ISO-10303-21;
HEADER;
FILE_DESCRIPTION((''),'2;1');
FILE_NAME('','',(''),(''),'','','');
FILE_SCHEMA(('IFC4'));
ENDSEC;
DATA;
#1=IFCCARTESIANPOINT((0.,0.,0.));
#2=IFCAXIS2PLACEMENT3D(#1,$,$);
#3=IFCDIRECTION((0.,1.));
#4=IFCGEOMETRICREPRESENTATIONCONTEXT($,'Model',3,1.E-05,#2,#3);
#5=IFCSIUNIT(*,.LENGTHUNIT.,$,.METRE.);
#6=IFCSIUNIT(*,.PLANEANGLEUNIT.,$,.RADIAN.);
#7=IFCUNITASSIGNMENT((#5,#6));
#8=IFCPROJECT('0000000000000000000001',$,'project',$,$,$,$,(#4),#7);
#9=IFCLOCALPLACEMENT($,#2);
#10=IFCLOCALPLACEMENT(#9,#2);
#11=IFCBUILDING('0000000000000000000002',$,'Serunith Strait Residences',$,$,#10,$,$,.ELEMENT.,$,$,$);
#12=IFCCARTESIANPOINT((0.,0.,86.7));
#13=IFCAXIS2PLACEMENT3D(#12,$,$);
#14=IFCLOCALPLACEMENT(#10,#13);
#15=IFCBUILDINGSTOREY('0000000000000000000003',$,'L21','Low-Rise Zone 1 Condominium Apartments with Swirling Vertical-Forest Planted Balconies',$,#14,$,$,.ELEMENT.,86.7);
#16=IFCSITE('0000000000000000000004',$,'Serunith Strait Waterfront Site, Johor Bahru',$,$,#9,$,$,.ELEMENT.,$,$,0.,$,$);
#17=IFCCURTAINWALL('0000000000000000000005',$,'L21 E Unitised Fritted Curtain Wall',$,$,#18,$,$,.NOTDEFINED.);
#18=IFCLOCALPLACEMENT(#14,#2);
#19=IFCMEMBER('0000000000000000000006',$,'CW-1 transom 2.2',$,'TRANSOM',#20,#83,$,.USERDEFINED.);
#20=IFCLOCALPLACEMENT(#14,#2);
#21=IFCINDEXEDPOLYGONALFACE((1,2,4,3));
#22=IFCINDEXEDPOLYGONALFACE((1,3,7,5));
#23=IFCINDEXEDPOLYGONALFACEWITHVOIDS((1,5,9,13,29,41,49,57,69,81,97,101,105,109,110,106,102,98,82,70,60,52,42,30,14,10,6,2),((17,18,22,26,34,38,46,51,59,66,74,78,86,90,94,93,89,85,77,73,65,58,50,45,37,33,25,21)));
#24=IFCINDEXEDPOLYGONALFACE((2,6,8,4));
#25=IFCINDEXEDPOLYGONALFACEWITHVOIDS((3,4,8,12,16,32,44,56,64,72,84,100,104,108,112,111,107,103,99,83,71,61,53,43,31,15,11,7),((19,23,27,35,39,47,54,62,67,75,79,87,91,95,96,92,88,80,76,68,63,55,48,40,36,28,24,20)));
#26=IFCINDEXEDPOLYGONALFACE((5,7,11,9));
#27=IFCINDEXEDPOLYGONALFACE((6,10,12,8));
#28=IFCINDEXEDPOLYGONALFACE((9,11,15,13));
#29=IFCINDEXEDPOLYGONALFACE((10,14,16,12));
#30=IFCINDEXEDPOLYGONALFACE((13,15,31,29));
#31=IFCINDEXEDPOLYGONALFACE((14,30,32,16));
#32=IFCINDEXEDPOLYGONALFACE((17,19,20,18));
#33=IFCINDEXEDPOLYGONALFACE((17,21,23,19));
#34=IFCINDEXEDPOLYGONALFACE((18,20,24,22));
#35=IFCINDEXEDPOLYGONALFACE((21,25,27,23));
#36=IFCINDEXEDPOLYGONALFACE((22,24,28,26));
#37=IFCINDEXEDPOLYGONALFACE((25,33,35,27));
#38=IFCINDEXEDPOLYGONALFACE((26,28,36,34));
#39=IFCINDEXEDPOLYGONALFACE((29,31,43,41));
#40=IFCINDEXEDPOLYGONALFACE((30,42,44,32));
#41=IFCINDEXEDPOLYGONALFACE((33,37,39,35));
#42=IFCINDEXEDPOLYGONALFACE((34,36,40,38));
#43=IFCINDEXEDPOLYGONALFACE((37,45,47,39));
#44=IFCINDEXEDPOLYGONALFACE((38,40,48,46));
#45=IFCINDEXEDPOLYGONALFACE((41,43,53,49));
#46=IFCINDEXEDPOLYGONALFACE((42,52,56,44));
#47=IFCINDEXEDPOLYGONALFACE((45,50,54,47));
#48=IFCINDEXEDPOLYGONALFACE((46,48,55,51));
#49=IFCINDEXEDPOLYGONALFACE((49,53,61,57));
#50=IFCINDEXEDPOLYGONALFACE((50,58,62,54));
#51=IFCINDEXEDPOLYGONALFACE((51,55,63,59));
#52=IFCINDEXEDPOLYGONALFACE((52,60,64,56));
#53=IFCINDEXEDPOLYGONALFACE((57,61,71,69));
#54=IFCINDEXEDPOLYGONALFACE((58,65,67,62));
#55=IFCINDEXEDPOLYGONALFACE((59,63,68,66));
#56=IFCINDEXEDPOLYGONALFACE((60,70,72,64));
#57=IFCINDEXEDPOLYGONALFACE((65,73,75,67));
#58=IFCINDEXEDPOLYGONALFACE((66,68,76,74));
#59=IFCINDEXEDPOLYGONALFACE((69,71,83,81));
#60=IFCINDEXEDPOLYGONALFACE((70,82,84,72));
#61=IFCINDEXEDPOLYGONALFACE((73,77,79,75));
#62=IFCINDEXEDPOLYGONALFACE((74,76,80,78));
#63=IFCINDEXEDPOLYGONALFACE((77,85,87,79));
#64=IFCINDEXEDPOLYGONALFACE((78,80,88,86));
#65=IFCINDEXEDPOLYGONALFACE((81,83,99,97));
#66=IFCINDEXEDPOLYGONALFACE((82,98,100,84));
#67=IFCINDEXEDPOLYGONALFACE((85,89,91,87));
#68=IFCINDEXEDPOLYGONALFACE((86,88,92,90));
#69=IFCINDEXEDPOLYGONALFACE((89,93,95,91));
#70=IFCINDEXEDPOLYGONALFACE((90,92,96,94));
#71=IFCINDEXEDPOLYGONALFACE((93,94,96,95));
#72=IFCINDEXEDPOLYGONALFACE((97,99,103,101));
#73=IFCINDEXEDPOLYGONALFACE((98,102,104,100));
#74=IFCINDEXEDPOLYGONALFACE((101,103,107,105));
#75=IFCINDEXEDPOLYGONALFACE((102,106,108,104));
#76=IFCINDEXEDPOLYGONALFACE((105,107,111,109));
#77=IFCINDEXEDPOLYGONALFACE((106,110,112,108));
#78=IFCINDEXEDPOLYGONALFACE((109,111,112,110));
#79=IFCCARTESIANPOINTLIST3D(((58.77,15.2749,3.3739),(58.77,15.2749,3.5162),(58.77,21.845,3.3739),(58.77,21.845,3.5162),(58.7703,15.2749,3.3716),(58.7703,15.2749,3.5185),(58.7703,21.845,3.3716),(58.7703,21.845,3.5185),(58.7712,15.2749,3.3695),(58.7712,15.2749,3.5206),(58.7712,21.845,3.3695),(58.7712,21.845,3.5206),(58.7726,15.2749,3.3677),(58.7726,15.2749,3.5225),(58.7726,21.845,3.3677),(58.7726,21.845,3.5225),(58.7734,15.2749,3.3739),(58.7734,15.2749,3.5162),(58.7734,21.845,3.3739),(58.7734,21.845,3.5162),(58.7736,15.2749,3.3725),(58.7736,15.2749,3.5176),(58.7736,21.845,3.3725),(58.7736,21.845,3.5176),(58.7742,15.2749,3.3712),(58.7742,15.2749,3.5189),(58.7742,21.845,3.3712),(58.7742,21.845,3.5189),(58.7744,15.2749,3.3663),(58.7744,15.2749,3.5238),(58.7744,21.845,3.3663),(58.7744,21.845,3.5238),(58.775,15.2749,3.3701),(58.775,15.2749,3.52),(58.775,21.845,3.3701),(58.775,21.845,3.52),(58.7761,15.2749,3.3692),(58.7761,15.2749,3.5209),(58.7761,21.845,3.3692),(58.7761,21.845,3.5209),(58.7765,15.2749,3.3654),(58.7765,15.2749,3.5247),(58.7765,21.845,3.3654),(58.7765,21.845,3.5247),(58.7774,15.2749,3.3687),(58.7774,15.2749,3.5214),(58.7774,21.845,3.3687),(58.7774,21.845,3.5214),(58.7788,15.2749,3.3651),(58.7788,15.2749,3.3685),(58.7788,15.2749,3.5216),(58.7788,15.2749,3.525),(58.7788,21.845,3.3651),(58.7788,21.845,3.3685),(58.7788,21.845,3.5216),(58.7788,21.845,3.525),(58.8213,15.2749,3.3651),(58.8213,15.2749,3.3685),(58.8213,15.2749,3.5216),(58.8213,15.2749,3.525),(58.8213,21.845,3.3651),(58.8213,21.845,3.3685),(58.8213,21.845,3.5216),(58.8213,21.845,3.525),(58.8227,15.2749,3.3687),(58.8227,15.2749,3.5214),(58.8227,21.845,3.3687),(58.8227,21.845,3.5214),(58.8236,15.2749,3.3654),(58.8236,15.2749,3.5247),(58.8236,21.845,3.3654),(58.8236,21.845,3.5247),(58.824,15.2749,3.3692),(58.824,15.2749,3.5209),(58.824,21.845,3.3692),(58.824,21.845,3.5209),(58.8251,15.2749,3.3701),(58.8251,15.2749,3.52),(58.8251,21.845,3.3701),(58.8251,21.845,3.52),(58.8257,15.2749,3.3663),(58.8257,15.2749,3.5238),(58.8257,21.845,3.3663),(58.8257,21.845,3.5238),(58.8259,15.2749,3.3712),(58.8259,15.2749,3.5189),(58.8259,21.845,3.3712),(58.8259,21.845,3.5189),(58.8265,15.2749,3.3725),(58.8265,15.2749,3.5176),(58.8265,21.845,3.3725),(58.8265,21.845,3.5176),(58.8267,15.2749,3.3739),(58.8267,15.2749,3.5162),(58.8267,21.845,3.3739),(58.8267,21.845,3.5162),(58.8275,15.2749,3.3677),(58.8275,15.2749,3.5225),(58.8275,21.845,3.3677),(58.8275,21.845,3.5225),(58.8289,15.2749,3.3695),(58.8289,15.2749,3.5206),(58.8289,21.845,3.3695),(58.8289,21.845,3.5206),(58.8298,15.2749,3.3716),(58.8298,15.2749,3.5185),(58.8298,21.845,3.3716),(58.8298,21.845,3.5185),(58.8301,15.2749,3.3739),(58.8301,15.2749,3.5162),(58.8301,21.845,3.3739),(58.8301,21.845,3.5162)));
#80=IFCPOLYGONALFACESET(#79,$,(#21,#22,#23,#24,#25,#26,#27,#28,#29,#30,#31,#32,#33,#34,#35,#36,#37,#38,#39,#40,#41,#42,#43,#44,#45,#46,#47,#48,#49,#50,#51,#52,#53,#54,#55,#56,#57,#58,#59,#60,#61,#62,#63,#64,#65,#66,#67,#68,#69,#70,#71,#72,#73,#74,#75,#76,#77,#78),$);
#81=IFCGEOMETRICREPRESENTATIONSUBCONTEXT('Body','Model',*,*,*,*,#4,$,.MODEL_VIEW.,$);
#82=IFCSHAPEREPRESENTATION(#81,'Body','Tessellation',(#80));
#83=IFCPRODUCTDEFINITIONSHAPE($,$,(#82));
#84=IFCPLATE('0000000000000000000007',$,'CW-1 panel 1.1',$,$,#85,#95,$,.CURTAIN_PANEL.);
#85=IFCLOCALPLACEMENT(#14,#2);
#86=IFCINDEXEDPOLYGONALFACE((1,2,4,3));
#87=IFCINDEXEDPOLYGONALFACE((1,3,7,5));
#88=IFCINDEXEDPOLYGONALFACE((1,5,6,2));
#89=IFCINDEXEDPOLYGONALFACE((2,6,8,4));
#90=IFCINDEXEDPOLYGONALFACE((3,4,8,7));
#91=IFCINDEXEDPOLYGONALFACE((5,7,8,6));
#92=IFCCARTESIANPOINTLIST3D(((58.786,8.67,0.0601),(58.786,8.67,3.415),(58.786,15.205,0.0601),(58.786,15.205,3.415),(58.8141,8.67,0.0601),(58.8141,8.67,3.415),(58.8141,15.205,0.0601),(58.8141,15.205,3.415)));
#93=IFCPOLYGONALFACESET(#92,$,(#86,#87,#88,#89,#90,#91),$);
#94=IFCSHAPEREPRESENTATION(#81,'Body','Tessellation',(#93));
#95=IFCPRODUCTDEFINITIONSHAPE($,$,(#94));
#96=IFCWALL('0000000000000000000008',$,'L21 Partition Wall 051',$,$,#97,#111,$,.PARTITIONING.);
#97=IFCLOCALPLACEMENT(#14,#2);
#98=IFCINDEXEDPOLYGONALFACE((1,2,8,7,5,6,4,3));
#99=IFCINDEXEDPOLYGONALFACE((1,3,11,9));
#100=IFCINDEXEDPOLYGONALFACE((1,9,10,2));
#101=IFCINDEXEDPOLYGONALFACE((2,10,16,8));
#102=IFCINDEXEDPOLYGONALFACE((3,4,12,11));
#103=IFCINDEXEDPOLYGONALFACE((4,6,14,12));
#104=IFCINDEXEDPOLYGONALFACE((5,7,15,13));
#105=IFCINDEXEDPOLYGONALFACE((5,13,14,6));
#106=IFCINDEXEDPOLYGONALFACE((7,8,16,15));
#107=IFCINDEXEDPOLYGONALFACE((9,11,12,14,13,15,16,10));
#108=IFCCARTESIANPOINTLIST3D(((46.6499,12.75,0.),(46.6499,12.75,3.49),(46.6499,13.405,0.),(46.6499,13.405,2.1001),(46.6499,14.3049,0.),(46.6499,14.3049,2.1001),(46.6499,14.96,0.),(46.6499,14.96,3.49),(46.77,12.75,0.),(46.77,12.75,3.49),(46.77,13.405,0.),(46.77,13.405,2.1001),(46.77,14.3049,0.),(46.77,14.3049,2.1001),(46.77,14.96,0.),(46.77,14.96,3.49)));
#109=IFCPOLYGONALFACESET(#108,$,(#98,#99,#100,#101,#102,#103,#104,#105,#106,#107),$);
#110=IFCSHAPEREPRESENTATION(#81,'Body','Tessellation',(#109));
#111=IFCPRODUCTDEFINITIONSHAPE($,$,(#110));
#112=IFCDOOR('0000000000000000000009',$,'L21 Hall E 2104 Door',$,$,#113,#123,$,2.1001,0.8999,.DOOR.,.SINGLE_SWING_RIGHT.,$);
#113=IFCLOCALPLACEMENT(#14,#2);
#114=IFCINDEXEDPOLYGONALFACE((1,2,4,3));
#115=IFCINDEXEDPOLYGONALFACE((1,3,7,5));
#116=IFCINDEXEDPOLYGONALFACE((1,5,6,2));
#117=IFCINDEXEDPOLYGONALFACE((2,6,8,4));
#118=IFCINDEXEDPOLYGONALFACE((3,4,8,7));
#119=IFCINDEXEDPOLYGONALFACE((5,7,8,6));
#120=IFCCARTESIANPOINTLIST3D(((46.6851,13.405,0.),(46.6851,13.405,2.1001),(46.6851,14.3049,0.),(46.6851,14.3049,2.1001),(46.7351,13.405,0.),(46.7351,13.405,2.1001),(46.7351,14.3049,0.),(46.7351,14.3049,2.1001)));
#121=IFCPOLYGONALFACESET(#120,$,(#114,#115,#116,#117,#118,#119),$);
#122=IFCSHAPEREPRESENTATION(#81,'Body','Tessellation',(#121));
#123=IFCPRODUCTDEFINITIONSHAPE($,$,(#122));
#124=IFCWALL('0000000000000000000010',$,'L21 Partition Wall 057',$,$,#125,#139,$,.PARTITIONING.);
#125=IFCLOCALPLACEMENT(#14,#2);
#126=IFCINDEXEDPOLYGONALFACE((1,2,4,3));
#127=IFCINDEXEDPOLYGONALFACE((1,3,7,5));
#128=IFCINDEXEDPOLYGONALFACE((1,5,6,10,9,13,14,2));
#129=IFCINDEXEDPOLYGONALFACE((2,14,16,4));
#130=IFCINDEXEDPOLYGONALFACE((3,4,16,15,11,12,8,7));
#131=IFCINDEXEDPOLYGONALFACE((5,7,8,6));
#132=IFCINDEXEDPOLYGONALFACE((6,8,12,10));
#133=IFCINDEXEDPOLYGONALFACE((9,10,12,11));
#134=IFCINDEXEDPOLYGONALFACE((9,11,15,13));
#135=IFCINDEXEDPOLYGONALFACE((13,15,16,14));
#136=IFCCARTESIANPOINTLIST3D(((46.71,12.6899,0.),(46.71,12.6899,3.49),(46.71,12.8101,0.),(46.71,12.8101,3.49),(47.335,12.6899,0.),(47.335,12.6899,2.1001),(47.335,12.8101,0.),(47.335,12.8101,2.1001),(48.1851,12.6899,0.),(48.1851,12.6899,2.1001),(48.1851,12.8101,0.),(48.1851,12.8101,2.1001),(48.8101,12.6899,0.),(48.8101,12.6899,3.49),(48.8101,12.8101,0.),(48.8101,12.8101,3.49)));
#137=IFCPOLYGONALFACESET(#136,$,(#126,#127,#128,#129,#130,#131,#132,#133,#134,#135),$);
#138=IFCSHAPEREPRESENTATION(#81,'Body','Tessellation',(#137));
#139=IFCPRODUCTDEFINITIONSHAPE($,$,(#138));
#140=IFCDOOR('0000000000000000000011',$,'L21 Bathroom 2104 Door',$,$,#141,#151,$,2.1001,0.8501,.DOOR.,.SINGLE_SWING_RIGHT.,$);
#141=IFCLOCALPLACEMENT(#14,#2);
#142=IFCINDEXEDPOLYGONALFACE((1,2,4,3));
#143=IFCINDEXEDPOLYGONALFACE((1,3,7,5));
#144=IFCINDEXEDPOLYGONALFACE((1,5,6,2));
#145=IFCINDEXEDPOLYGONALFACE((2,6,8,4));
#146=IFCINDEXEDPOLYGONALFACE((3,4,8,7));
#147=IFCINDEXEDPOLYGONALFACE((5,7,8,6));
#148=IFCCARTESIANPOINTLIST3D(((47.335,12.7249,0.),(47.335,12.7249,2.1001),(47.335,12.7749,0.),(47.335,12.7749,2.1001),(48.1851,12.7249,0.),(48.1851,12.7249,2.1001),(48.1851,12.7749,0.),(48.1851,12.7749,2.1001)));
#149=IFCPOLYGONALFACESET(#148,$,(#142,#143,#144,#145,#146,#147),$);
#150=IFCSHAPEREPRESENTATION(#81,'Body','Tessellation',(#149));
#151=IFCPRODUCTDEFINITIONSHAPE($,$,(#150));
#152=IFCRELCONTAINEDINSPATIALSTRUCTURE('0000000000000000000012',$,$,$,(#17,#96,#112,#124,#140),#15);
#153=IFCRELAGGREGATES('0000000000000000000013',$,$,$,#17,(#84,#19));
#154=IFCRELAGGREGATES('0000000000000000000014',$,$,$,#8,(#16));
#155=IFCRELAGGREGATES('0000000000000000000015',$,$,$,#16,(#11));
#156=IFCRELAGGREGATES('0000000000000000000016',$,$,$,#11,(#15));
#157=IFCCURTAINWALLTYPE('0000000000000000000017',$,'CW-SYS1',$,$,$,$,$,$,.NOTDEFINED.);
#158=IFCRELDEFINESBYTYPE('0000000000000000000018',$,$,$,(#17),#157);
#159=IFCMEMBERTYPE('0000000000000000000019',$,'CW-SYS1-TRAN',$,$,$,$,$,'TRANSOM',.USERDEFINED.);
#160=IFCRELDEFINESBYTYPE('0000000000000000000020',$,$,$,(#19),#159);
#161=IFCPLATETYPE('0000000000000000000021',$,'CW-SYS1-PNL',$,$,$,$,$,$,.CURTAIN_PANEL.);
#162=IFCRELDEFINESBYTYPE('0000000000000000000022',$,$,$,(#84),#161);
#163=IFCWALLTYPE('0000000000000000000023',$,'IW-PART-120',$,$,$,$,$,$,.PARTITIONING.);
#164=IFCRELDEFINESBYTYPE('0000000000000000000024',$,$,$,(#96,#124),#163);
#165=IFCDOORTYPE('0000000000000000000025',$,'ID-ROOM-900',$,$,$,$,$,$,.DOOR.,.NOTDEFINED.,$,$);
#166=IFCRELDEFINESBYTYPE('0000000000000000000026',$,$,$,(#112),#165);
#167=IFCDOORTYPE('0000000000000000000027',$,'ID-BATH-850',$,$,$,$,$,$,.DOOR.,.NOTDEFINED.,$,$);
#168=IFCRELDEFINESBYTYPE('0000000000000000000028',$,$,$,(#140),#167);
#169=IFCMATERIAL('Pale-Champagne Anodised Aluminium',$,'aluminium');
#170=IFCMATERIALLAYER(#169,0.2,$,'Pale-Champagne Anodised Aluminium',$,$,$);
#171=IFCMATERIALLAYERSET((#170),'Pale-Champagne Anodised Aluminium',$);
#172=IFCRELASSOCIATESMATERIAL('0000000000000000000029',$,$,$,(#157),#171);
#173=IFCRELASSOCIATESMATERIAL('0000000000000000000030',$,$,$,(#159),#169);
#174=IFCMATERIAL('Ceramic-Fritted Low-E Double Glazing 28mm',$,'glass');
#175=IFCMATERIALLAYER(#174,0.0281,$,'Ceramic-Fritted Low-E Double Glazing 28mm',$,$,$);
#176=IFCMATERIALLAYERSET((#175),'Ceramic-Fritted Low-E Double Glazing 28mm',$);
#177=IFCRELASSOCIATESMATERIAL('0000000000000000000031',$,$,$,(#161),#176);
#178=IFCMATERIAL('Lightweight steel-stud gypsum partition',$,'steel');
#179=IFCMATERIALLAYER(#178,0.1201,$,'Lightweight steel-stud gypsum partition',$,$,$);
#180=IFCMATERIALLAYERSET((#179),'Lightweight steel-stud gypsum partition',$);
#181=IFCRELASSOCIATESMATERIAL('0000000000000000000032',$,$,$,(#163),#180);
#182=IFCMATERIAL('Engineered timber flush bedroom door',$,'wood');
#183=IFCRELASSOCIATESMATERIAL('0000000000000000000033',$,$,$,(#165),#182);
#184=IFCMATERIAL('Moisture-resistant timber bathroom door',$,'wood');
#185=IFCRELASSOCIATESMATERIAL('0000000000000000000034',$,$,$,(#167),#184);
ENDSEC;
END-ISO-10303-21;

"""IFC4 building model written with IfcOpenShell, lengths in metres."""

from ifc_helpers import new_model, si_unit, direction, frame, frame_2d, origin, origin_2d, place, context, subcontext, project, spatial, rectangle, hollow_rectangle, extrude, source, transform, mapped, material, layer, layer_set, material_profile, profile_set, type_object, element, fill, aggregate, save


model = new_model("IFC4")

# Units and contexts
model_context = context("Model", 3, precision=1e-05, world=origin(), true_north=direction((0.0, 1.0)))
body_context = subcontext(model_context, "Body", "Model", "MODEL_VIEW")
ifc_project = project(units=[si_unit("LENGTHUNIT", "METRE"), si_unit("PLANEANGLEUNIT", "RADIAN")], contexts=[model_context])

# Site, building, storey
site_placement = place(None, origin())
site = spatial("IfcSite", under=ifc_project, at=site_placement, Name="Serunith Strait Waterfront Site, Johor Bahru", CompositionType="ELEMENT", RefElevation=0.0)
building_placement = place(site_placement, origin())
building = spatial("IfcBuilding", under=site, at=building_placement, Name="Serunith Strait Residences", CompositionType="ELEMENT")
storey_placement = place(building_placement, frame((0.0, 0.0, 86.7)))
storey = spatial("IfcBuildingStorey", under=building, at=storey_placement, Name="L21", Description="Low-Rise Zone 1 Condominium Apartments with Swirling Vertical-Forest Planted Balconies", CompositionType="ELEMENT", Elevation=86.7)

# Curtain wall, member, plate
ifc_material_1 = material(Name="Pale-Champagne Anodised Aluminium", Category="aluminium")
ifc_layer_1 = layer(ifc_material_1, 0.2, Name="Pale-Champagne Anodised Aluminium")
ifc_layer_set_1 = layer_set([ifc_layer_1], Name="Pale-Champagne Anodised Aluminium")
curtain_wall_type = type_object("IfcCurtainWallType", Name="CW-SYS1", PredefinedType="NOTDEFINED", material=ifc_layer_set_1)
curtain_wall_placement = place(storey_placement, origin())
curtain_wall = element("IfcCurtainWall", 1, at=curtain_wall_placement, inside=storey, type_object=curtain_wall_type, Name="L21 E Unitised Fritted Curtain Wall", PredefinedType="NOTDEFINED")
ifc_material_profile_1 = material_profile(ifc_material_1, hollow_rectangle(XDim=0.0601, YDim=0.1599, WallThickness=0.0034, InnerFilletRadius=0.0054, OuterFilletRadius=0.0088, at=origin_2d()), Name="ALU 160x60x3.5")
ifc_profile_set_1 = profile_set([ifc_material_profile_1], Name="Pale-Champagne Anodised Aluminium")
member_type_1 = type_object("IfcMemberType", Name="CW-SYS1-TRAN", ElementType="TRANSOM", PredefinedType="USERDEFINED", material=ifc_profile_set_1)
shared_shape_1 = source(origin(), body_context, "Body", "SweptSolid", [
    extrude(hollow_rectangle(XDim=0.0601, YDim=0.1599, WallThickness=0.0034, InnerFilletRadius=0.0054, OuterFilletRadius=0.0088, at=origin_2d()), origin(), (0.0, 0.0, 1.0), 6.5701),
])
member_1_placement = place(storey_placement, frame((58.8, 15.2749, 3.4451), z_axis=(0.0, 1.0, 0.0), x_axis=(-1.0, 0.0, 0.0)))
member_1 = element("IfcMember", 2, at=member_1_placement, type_object=member_type_1, Name="CW-1 transom 2.2", ObjectType="TRANSOM", PredefinedType="USERDEFINED", context=body_context, shape_type="MappedRepresentation", body=[
    mapped(shared_shape_1, transform((0.0, 0.0, 0.0), scale=1.0)),
])
ifc_material_2 = material(Name="Ceramic-Fritted Low-E Double Glazing 28mm", Category="glass")
ifc_layer_2 = layer(ifc_material_2, 0.0281, Name="Ceramic-Fritted Low-E Double Glazing 28mm")
ifc_layer_set_2 = layer_set([ifc_layer_2], Name="Ceramic-Fritted Low-E Double Glazing 28mm")
plate_type = type_object("IfcPlateType", Name="CW-SYS1-PNL", PredefinedType="CURTAIN_PANEL", material=ifc_layer_set_2)
shared_shape_2 = source(origin(), body_context, "Body", "SweptSolid", [
    extrude(rectangle(XDim=6.5349, YDim=0.0281, at=origin_2d()), origin(), (0.0, 0.0, 1.0), 3.355),
])
plate_placement = place(storey_placement, frame((58.8, 11.9375, 0.0601), z_axis=(0.0, 0.0, 1.0), x_axis=(0.0, 1.0, 0.0)))
plate = element("IfcPlate", 3, at=plate_placement, type_object=plate_type, Name="CW-1 panel 1.1", PredefinedType="CURTAIN_PANEL", context=body_context, shape_type="MappedRepresentation", body=[
    mapped(shared_shape_2, transform((0.0, 0.0, 0.0), scale=1.0)),
])
aggregate(curtain_wall, [plate, member_1])

# Walls, openings, doors
ifc_material_3 = material(Name="Lightweight steel-stud gypsum partition", Category="steel")
ifc_layer_3 = layer(ifc_material_3, 0.1201, Name="Lightweight steel-stud gypsum partition")
ifc_layer_set_3 = layer_set([ifc_layer_3], Name="Lightweight steel-stud gypsum partition")
wall_type = type_object("IfcWallType", Name="IW-PART-120", PredefinedType="PARTITIONING", material=ifc_layer_set_3)
wall_1_placement = place(storey_placement, frame((46.71, 12.75, 0.0), z_axis=(0.0, 0.0, 1.0), x_axis=(0.0, 1.0, 0.0)))
wall_1 = element("IfcWall", 4, at=wall_1_placement, inside=storey, type_object=wall_type, Name="L21 Partition Wall 051", PredefinedType="PARTITIONING", context=body_context, shape_type="SweptSolid", body=[
    extrude(rectangle(XDim=2.21, YDim=0.1201, at=frame_2d((1.105, 0.0))), origin(), (0.0, 0.0, 1.0), 3.49),
])
opening_1_placement = place(wall_1_placement, frame((0.655, 0.0, 0.0)))
opening_1 = element("IfcOpeningElement", 5, at=opening_1_placement, cuts=wall_1, PredefinedType="OPENING", context=body_context, shape_type="SweptSolid", body=[
    extrude(rectangle(XDim=0.8999, YDim=2.1001, at=frame_2d((0.45, 1.05))), frame((0.0, 0.0701, 0.0), z_axis=(0.0, -1.0, 0.0), x_axis=(1.0, 0.0, 0.0)), (0.0, 0.0, 1.0), 0.1401),
])
ifc_material_4 = material(Name="Engineered timber flush bedroom door", Category="wood")
door_type_1 = type_object("IfcDoorType", Name="ID-ROOM-900", OperationType="NOTDEFINED", PredefinedType="DOOR", material=ifc_material_4)
shared_shape_3 = source(origin(), body_context, "Body", "SweptSolid", [
    extrude(rectangle(XDim=0.8999, YDim=2.1001, at=frame_2d((0.45, 1.05))), frame((0.0, 0.0249, 0.0), z_axis=(0.0, -1.0, 0.0), x_axis=(1.0, 0.0, 0.0)), (0.0, 0.0, 1.0), 0.05),
])
door_1_placement = place(opening_1_placement, origin())
door_1 = element("IfcDoor", 6, at=door_1_placement, inside=storey, type_object=door_type_1, Name="L21 Hall E 2104 Door", OperationType="SINGLE_SWING_RIGHT", OverallHeight=2.1001, OverallWidth=0.8999, PredefinedType="DOOR", context=body_context, shape_type="MappedRepresentation", body=[
    mapped(shared_shape_3, transform((0.0, 0.0, 0.0), scale=1.0)),
])
fill(opening_1, door_1)
wall_2_placement = place(storey_placement, frame((46.71, 12.75, 0.0), z_axis=(0.0, 0.0, 1.0), x_axis=(1.0, 0.0, 0.0)))
wall_2 = element("IfcWall", 7, at=wall_2_placement, inside=storey, type_object=wall_type, Name="L21 Partition Wall 057", PredefinedType="PARTITIONING", context=body_context, shape_type="SweptSolid", body=[
    extrude(rectangle(XDim=2.1001, YDim=0.1201, at=frame_2d((1.05, 0.0))), origin(), (0.0, 0.0, 1.0), 3.49),
])
opening_2_placement = place(wall_2_placement, frame((0.625, 0.0, 0.0)))
opening_2 = element("IfcOpeningElement", 8, at=opening_2_placement, cuts=wall_2, PredefinedType="OPENING", context=body_context, shape_type="SweptSolid", body=[
    extrude(rectangle(XDim=0.8501, YDim=2.1001, at=frame_2d((0.425, 1.05))), frame((0.0, 0.0701, 0.0), z_axis=(0.0, -1.0, 0.0), x_axis=(1.0, 0.0, 0.0)), (0.0, 0.0, 1.0), 0.1401),
])
ifc_material_5 = material(Name="Moisture-resistant timber bathroom door", Category="wood")
door_type_2 = type_object("IfcDoorType", Name="ID-BATH-850", OperationType="NOTDEFINED", PredefinedType="DOOR", material=ifc_material_5)
shared_shape_4 = source(origin(), body_context, "Body", "SweptSolid", [
    extrude(rectangle(XDim=0.8501, YDim=2.1001, at=frame_2d((0.425, 1.05))), frame((0.0, 0.0249, 0.0), z_axis=(0.0, -1.0, 0.0), x_axis=(1.0, 0.0, 0.0)), (0.0, 0.0, 1.0), 0.05),
])
door_2_placement = place(opening_2_placement, origin())
door_2 = element("IfcDoor", 9, at=door_2_placement, inside=storey, type_object=door_type_2, Name="L21 Bathroom 2104 Door", OperationType="SINGLE_SWING_RIGHT", OverallHeight=2.1001, OverallWidth=0.8501, PredefinedType="DOOR", context=body_context, shape_type="MappedRepresentation", body=[
    mapped(shared_shape_4, transform((0.0, 0.0, 0.0), scale=1.0)),
])
fill(opening_2, door_2)

save(model, "model.ifc")
